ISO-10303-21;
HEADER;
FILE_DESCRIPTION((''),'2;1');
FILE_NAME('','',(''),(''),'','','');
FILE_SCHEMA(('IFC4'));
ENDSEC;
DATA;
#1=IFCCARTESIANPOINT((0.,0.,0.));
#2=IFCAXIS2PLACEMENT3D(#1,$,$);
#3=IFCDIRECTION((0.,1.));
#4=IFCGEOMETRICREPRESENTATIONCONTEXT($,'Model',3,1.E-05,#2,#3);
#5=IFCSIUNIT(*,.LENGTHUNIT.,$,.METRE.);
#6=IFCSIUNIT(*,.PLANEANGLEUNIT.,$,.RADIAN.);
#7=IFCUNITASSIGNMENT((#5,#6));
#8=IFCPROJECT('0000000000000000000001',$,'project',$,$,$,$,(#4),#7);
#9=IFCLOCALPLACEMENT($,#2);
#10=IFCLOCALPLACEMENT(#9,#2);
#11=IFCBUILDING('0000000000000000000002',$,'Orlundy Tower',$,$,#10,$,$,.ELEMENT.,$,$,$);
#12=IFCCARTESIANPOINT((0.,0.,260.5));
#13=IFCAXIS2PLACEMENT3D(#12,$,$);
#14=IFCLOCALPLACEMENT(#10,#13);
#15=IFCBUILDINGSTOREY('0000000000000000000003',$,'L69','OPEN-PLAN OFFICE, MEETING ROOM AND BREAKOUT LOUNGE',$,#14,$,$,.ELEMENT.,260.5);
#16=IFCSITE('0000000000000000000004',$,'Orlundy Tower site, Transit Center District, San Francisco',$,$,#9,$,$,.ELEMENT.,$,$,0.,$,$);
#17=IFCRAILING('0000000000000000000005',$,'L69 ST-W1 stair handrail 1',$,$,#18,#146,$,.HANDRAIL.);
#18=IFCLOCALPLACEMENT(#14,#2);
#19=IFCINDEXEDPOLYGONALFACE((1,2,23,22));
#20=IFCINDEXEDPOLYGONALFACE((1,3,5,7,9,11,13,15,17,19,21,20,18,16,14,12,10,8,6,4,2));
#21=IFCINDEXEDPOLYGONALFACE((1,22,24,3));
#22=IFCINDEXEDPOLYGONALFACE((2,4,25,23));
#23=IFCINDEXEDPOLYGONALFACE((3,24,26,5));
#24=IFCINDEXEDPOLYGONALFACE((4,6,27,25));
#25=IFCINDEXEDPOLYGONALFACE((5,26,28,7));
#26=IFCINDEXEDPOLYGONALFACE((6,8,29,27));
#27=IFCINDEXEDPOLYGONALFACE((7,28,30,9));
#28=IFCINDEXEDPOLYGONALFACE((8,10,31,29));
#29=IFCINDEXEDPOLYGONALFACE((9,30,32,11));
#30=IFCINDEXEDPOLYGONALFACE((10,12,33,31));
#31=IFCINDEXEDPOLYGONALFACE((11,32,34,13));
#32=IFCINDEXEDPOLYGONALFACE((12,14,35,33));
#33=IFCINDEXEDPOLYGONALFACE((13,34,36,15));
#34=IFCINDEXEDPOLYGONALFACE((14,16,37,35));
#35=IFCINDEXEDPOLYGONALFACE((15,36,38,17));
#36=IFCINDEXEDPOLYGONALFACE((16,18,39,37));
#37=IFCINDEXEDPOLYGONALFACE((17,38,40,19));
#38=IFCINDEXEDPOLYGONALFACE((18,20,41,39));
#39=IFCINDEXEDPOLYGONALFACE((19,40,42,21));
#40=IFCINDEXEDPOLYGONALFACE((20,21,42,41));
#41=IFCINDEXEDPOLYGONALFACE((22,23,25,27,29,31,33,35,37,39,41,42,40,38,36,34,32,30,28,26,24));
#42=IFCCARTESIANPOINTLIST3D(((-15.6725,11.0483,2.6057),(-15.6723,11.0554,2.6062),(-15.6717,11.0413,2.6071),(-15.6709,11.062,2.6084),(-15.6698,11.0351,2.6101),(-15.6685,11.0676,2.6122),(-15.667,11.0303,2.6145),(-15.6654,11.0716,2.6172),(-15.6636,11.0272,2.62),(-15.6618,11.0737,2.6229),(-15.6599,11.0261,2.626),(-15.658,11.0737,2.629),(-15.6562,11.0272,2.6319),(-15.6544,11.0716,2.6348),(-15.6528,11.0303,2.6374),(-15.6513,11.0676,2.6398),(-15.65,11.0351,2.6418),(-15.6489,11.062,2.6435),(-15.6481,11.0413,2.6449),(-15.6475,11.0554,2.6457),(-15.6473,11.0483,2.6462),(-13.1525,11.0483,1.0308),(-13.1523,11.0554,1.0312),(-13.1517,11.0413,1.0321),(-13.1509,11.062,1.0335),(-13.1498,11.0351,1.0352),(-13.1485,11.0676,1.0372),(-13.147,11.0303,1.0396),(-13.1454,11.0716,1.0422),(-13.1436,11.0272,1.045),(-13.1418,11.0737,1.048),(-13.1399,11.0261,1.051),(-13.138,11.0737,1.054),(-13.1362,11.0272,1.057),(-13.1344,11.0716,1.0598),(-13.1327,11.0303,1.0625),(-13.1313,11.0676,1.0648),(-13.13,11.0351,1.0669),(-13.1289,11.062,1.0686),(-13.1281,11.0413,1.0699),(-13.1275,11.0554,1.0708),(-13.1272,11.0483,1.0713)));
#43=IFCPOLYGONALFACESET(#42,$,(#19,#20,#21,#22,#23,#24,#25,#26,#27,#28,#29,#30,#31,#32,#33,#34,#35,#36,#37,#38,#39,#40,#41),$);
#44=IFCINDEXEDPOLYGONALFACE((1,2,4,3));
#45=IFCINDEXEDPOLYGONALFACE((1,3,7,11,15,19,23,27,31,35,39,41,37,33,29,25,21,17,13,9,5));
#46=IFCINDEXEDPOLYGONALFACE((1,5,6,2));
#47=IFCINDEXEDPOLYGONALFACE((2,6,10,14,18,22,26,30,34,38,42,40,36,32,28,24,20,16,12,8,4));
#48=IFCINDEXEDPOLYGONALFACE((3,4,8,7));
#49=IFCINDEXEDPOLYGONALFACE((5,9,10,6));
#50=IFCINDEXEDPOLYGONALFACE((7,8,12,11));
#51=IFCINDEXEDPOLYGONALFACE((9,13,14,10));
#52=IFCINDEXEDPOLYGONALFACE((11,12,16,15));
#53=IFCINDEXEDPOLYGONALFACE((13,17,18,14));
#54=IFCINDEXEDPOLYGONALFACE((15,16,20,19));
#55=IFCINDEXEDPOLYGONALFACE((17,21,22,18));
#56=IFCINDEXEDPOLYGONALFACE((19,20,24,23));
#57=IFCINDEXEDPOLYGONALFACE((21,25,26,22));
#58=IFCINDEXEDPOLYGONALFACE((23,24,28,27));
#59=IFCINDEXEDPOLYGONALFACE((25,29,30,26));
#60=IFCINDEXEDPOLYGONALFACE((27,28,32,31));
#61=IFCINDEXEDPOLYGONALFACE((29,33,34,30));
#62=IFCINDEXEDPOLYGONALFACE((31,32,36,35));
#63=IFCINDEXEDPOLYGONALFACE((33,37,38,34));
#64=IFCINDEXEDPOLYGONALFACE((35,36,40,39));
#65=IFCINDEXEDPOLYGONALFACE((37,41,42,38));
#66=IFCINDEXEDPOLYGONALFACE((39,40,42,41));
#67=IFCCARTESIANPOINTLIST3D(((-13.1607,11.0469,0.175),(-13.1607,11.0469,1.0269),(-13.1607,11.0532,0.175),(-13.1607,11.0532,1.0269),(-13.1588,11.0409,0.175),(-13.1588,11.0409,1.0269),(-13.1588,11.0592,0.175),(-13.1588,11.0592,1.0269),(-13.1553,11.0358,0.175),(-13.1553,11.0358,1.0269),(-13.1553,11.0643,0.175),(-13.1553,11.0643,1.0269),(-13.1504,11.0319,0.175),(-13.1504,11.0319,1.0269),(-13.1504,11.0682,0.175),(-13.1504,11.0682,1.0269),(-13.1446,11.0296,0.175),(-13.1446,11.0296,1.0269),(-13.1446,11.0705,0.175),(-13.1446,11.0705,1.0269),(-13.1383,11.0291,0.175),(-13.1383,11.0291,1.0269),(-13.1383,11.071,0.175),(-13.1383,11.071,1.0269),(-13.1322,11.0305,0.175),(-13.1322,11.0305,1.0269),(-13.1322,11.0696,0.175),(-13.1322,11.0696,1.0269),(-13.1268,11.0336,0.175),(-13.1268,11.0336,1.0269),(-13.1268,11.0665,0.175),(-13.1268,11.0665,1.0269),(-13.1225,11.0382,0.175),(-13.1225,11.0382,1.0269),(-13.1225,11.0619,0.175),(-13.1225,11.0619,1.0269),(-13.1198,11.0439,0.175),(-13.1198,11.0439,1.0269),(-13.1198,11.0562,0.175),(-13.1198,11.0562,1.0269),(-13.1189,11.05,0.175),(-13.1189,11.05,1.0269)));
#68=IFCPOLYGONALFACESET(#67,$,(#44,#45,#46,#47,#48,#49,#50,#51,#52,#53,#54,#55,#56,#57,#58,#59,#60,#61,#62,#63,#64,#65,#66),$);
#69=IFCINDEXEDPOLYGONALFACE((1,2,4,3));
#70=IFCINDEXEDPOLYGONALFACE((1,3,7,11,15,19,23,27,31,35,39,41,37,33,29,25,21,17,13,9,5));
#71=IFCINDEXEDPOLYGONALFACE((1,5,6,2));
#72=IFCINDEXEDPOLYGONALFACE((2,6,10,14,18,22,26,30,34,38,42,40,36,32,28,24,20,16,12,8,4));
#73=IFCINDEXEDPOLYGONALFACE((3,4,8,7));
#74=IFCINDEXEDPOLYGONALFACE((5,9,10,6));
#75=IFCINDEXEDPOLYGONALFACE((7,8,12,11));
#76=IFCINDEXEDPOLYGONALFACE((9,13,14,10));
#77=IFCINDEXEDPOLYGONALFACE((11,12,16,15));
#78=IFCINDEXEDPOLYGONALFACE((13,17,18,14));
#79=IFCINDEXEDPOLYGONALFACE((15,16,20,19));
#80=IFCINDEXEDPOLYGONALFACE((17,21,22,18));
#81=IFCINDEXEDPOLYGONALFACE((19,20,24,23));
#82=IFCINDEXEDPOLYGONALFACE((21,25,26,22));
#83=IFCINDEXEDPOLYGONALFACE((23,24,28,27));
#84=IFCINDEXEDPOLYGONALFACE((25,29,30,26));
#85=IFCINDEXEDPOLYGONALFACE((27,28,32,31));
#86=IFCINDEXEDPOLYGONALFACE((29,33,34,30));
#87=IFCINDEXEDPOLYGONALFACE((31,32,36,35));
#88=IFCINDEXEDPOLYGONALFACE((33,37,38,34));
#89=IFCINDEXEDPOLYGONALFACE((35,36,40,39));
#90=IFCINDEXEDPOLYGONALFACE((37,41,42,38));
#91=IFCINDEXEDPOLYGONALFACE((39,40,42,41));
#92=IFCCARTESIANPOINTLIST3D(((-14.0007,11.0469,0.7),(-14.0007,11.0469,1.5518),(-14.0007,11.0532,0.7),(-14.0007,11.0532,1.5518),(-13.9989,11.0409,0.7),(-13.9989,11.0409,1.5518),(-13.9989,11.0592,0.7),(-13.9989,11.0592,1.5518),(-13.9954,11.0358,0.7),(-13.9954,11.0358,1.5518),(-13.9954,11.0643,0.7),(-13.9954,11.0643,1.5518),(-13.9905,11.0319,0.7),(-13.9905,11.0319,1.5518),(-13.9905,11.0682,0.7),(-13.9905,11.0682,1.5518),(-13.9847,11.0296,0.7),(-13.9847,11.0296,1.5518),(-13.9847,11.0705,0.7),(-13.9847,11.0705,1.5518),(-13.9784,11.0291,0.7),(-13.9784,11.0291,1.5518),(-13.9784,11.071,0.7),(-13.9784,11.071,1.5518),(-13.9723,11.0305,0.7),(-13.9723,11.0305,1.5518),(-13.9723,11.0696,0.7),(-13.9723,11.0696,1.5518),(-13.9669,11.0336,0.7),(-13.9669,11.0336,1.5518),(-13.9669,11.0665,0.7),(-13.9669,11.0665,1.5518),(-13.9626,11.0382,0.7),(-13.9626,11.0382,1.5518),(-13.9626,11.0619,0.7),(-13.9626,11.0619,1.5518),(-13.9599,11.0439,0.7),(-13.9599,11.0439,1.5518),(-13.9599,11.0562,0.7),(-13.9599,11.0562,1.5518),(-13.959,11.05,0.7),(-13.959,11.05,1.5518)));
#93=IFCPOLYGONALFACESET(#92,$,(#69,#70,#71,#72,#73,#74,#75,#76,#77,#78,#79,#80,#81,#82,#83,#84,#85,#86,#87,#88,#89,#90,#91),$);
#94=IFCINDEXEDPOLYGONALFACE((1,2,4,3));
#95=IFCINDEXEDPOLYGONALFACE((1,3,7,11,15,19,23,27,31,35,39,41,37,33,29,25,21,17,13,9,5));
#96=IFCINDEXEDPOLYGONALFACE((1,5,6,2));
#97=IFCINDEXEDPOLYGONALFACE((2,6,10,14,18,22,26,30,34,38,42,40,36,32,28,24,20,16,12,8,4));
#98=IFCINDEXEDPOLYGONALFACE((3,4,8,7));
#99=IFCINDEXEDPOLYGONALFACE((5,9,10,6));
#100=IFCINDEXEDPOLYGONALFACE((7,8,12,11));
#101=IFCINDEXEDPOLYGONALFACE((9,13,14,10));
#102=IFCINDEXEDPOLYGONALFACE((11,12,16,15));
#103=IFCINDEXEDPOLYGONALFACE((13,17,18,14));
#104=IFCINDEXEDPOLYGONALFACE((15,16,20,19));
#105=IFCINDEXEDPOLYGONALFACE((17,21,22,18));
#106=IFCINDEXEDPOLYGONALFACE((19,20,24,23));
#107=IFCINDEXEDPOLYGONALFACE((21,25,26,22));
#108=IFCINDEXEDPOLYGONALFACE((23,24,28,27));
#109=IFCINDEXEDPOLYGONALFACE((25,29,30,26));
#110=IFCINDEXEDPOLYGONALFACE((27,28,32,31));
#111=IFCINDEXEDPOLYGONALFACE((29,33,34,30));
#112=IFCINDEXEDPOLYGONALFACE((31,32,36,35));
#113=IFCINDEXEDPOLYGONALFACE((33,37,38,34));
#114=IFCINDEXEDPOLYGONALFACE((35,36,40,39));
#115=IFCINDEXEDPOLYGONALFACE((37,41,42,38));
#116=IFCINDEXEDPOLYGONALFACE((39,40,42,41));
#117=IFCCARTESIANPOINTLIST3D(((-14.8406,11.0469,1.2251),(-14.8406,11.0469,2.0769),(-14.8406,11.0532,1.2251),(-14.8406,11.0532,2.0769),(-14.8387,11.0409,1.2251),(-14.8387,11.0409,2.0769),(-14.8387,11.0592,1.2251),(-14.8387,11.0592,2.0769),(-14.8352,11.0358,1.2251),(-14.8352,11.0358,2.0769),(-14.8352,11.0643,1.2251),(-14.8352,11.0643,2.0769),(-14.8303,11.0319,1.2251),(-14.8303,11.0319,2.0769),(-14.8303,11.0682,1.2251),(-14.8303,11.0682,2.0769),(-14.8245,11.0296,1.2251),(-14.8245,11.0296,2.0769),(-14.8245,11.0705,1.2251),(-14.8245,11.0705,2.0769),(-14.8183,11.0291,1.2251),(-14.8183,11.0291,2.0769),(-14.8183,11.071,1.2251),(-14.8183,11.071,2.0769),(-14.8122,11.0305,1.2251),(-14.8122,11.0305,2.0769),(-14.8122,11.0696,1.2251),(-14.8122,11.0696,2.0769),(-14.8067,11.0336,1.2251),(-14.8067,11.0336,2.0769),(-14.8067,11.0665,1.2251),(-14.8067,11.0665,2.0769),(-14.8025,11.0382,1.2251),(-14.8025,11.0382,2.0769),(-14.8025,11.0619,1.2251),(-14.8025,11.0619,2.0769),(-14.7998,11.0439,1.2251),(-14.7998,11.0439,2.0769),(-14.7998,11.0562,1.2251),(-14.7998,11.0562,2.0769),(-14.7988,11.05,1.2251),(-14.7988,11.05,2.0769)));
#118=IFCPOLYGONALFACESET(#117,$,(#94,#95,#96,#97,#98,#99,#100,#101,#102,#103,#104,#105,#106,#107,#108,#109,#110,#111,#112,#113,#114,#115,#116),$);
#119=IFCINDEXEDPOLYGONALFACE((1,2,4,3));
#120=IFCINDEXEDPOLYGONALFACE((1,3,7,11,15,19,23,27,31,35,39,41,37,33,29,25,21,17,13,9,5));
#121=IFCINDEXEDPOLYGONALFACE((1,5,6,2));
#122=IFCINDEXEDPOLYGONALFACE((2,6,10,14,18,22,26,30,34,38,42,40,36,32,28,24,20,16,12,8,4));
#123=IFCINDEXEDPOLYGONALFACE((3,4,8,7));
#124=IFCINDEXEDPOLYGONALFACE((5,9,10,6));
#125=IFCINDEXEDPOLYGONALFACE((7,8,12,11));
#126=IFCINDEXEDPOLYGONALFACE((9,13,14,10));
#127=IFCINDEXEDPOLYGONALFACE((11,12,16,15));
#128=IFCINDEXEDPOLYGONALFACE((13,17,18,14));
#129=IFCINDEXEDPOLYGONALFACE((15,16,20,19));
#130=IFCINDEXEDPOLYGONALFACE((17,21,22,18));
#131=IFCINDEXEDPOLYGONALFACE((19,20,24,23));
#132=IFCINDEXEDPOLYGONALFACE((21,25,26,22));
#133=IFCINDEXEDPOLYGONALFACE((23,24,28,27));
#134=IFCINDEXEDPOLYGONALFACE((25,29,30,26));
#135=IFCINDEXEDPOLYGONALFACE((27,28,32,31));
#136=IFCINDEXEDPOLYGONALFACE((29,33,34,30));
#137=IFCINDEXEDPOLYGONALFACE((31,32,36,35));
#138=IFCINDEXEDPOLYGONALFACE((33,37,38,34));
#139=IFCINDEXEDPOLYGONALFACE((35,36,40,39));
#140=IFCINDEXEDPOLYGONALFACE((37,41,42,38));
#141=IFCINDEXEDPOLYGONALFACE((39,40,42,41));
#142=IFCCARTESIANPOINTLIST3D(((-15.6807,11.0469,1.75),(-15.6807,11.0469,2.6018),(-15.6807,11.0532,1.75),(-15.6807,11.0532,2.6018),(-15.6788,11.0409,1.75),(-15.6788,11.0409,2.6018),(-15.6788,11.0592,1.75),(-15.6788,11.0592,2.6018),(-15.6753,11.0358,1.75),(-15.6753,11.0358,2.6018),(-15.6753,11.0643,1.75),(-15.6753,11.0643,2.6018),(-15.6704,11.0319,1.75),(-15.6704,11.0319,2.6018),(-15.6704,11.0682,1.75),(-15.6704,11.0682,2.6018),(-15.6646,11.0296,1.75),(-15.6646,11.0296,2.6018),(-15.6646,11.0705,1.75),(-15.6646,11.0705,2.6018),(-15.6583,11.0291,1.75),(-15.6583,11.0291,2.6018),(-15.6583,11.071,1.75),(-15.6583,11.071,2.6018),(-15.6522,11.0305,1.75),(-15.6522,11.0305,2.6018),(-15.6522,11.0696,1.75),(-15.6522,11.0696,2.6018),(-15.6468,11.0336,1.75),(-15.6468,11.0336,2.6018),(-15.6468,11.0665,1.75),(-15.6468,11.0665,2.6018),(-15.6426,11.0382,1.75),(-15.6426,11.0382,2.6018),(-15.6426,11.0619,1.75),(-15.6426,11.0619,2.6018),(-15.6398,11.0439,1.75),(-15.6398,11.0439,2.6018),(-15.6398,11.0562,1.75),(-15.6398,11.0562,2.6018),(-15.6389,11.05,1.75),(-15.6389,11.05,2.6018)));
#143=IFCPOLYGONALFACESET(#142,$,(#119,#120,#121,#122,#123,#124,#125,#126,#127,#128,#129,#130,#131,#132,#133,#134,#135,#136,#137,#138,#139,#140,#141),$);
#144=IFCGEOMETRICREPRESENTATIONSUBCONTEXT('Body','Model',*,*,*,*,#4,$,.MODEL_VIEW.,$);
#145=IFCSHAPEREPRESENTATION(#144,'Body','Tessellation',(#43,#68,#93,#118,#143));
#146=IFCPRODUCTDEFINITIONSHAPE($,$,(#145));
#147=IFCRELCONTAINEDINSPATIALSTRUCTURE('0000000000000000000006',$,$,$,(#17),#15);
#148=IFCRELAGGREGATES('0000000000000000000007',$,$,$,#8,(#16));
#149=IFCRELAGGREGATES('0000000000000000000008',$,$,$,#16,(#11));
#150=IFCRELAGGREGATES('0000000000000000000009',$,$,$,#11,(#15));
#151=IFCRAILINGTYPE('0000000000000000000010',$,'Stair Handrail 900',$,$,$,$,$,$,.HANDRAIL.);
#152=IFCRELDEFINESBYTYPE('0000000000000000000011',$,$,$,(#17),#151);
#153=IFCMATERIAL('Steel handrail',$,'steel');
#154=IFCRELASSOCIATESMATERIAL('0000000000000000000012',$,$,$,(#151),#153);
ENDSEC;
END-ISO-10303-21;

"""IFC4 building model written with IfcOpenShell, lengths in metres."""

from ifc_helpers import new_model, si_unit, direction, frame, origin, origin_2d, place, context, subcontext, project, spatial, circle, extrude, material, type_object, element, save


model = new_model("IFC4")

# Units and contexts
model_context = context("Model", 3, precision=1e-05, world=origin(), true_north=direction((0.0, 1.0)))
body_context = subcontext(model_context, "Body", "Model", "MODEL_VIEW")
ifc_project = project(units=[si_unit("LENGTHUNIT", "METRE"), si_unit("PLANEANGLEUNIT", "RADIAN")], contexts=[model_context])

# Site, building, storey
site_placement = place(None, origin())
site = spatial("IfcSite", under=ifc_project, at=site_placement, Name="Orlundy Tower site, Transit Center District, San Francisco", CompositionType="ELEMENT", RefElevation=0.0)
building_placement = place(site_placement, origin())
building = spatial("IfcBuilding", under=site, at=building_placement, Name="Orlundy Tower", CompositionType="ELEMENT")
storey_placement = place(building_placement, frame((0.0, 0.0, 260.5)))
storey = spatial("IfcBuildingStorey", under=building, at=storey_placement, Name="L69", Description="OPEN-PLAN OFFICE, MEETING ROOM AND BREAKOUT LOUNGE", CompositionType="ELEMENT", Elevation=260.5)

# Railing
ifc_material_1 = material(Name="Steel handrail", Category="steel")
railing_type = type_object("IfcRailingType", Name="Stair Handrail 900", PredefinedType="HANDRAIL", material=ifc_material_1)
railing_placement = place(storey_placement, frame((-13.1399, 11.05, 0.175)))
element("IfcRailing", 1, at=railing_placement, inside=storey, type_object=railing_type, Name="L69 ST-W1 stair handrail 1", PredefinedType="HANDRAIL", context=body_context, shape_type="SweptSolid", body=[
    extrude(circle(Radius=0.0239, at=origin_2d()), frame((0.0, 0.0, 0.876), z_axis=(-0.848008, 0.0, 0.529984), x_axis=(0.0, -1.0, 0.0)), (0.0, 0.0, 1.0), 2.9717),
    extrude(circle(Radius=0.021, at=origin_2d()), origin(), (0.0, 0.0, 1.0), 0.8518),
    extrude(circle(Radius=0.021, at=origin_2d()), frame((-0.8401, 0.0, 0.5249)), (0.0, 0.0, 1.0), 0.8518),
    extrude(circle(Radius=0.021, at=origin_2d()), frame((-1.6799, 0.0, 1.05)), (0.0, 0.0, 1.0), 0.8518),
    extrude(circle(Radius=0.021, at=origin_2d()), frame((-2.52, 0.0, 1.575)), (0.0, 0.0, 1.0), 0.8518),
])

save(model, "model.ifc")
